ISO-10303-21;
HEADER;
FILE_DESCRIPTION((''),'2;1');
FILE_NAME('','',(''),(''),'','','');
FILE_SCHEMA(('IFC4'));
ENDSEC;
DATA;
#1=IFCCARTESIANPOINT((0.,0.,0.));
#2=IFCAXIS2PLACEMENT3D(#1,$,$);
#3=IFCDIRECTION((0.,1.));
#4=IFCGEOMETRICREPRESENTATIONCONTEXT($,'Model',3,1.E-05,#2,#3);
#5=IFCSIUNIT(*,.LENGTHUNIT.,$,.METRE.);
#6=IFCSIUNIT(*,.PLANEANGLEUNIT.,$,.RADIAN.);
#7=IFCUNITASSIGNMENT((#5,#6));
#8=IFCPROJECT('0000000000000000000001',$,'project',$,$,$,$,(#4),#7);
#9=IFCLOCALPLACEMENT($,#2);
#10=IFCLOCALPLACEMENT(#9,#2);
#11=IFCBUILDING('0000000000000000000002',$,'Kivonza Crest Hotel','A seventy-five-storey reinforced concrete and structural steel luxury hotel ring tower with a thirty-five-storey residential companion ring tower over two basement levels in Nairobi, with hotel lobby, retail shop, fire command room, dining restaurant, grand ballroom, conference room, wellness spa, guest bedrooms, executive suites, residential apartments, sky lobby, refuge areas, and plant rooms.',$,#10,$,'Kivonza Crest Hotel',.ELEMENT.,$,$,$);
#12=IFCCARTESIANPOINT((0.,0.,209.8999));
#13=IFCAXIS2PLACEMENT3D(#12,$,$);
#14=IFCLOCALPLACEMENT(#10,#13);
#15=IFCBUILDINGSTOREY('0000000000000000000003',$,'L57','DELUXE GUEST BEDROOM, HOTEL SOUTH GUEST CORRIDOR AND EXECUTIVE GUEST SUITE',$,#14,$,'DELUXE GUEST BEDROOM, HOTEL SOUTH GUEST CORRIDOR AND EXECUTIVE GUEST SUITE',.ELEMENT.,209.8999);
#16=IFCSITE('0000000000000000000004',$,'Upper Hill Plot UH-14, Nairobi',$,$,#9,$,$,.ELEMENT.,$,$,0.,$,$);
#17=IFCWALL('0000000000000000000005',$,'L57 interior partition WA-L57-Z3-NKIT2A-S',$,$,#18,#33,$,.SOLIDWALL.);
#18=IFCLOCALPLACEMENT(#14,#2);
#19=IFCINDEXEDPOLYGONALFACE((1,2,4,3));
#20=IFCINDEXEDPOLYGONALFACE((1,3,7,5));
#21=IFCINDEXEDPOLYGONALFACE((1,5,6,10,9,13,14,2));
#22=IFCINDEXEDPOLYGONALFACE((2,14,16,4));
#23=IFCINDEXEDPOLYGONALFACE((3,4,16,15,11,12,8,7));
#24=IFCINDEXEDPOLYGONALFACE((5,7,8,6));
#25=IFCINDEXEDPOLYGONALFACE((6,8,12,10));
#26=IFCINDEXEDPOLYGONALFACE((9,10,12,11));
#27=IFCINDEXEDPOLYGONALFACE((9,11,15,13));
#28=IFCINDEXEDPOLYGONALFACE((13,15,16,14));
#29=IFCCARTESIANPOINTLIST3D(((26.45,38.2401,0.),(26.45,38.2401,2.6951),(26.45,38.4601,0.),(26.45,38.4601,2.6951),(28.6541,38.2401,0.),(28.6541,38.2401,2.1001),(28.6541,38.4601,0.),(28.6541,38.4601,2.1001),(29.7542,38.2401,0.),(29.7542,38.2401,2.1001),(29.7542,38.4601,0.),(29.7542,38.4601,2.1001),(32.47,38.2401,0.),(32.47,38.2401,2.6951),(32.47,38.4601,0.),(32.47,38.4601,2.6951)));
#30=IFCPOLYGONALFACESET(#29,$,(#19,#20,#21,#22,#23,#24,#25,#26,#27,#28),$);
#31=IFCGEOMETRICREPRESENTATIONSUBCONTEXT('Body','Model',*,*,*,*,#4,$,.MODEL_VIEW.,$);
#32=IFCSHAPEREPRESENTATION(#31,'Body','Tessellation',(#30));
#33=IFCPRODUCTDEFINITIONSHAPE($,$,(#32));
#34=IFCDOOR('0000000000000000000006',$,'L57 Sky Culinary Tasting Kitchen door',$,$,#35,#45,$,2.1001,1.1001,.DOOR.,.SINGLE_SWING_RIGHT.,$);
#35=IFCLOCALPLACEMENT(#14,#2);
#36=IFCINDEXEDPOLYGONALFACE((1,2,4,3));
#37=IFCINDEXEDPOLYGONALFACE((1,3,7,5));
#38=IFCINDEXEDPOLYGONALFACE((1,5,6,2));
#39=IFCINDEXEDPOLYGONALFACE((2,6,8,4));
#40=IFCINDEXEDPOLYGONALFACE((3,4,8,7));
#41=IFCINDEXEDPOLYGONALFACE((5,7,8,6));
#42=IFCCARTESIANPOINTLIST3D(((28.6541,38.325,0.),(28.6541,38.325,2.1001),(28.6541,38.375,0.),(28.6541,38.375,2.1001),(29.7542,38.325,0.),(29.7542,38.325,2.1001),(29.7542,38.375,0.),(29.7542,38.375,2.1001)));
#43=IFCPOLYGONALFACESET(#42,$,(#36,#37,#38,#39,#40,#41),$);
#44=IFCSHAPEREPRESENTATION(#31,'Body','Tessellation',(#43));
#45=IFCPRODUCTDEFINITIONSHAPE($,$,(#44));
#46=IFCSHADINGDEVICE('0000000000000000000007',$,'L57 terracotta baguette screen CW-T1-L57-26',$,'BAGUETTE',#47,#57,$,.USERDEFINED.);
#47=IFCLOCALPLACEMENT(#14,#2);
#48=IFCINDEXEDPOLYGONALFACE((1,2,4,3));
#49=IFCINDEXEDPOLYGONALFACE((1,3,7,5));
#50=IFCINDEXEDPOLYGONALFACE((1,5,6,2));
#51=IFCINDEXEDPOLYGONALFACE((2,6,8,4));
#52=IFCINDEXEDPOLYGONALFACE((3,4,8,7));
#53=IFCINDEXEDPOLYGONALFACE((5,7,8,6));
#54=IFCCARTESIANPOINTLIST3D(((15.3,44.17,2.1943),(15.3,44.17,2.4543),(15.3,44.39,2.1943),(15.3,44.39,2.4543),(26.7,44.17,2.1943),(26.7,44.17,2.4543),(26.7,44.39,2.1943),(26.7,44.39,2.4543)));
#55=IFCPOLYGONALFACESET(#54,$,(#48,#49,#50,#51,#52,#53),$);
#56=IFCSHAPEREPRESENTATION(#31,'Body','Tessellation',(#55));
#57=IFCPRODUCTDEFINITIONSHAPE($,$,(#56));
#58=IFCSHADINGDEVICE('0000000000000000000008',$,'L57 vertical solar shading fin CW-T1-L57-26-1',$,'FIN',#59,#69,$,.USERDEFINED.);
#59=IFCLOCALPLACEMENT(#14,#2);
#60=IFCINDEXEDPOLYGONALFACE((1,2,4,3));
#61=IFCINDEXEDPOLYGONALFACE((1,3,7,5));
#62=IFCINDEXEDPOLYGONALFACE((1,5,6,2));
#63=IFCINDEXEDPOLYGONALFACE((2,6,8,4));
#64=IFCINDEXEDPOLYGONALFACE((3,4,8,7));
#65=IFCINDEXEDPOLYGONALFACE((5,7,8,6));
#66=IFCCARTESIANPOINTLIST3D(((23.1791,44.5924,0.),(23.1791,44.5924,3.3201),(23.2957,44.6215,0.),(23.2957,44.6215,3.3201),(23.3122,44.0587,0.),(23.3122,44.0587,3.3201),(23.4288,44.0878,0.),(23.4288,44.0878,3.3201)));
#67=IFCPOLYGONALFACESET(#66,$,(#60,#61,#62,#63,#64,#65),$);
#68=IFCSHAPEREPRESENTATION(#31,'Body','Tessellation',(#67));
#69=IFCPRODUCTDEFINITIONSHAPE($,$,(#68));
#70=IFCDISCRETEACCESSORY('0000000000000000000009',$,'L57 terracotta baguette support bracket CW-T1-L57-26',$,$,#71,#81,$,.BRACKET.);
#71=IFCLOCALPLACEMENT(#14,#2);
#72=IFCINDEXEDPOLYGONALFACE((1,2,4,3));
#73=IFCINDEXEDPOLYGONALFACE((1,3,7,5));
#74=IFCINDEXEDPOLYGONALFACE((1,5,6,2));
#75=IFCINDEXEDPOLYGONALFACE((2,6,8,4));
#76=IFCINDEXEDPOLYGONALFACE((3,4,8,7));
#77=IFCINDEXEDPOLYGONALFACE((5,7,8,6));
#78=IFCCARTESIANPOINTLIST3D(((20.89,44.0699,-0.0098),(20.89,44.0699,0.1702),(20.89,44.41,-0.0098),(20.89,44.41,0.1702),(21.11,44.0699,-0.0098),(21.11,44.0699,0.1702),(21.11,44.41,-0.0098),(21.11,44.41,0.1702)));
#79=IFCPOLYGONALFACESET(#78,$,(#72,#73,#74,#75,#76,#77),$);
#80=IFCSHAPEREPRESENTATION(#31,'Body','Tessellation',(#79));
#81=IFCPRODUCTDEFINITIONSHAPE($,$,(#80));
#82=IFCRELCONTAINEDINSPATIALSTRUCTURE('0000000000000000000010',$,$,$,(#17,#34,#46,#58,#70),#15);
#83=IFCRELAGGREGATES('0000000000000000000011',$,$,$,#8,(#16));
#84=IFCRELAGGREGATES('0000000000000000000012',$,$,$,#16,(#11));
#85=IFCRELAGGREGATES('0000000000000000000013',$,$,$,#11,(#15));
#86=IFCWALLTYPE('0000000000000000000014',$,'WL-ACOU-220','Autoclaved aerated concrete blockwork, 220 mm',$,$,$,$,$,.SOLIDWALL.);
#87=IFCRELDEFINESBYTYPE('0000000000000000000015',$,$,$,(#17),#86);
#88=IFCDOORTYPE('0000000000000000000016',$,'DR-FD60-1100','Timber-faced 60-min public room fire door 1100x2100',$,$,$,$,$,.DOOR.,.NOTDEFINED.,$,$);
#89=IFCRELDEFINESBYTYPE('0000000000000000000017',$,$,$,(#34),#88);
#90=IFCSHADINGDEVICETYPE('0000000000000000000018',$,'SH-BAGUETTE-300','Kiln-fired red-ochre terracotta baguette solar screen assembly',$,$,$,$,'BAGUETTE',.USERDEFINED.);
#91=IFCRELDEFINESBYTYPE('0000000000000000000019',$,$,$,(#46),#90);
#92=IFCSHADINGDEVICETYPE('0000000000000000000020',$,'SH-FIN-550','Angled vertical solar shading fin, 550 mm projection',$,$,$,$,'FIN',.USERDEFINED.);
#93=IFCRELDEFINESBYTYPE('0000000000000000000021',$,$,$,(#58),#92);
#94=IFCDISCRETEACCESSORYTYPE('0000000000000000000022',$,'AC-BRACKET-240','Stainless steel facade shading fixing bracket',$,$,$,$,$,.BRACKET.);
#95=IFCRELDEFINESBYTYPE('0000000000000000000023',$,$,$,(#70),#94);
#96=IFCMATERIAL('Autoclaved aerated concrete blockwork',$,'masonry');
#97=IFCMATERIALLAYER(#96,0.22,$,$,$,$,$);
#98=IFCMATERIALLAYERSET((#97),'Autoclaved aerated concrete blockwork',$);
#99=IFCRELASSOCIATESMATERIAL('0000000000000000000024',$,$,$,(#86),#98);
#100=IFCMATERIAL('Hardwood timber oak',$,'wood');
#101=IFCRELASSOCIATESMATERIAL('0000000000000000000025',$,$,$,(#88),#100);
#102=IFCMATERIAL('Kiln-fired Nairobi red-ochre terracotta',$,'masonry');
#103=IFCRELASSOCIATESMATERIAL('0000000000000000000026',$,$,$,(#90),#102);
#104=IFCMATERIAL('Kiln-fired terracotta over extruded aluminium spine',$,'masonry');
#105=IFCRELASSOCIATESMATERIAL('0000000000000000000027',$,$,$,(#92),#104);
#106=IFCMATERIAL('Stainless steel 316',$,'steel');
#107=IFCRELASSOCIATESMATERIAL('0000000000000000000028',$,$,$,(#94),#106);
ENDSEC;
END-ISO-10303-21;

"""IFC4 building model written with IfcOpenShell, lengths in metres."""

from ifc_helpers import new_model, si_unit, direction, frame, frame_2d, origin, origin_2d, place, context, subcontext, project, spatial, rectangle, extrude, material, layer, layer_set, type_object, element, fill, save


model = new_model("IFC4")

# Units and contexts
model_context = context("Model", 3, precision=1e-05, world=origin(), true_north=direction((0.0, 1.0)))
body_context = subcontext(model_context, "Body", "Model", "MODEL_VIEW")
ifc_project = project(units=[si_unit("LENGTHUNIT", "METRE"), si_unit("PLANEANGLEUNIT", "RADIAN")], contexts=[model_context])

# Site, building, storey
site_placement = place(None, origin())
site = spatial("IfcSite", under=ifc_project, at=site_placement, Name="Upper Hill Plot UH-14, Nairobi", CompositionType="ELEMENT", RefElevation=0.0)
building_placement = place(site_placement, origin())
building = spatial("IfcBuilding", under=site, at=building_placement, Name="Kivonza Crest Hotel", Description="A seventy-five-storey reinforced concrete and structural steel luxury hotel ring tower with a thirty-five-storey residential companion ring tower over two basement levels in Nairobi, with hotel lobby, retail shop, fire command room, dining restaurant, grand ballroom, conference room, wellness spa, guest bedrooms, executive suites, residential apartments, sky lobby, refuge areas, and plant rooms.", LongName="Kivonza Crest Hotel", CompositionType="ELEMENT")
storey_placement = place(building_placement, frame((0.0, 0.0, 209.8999)))
storey = spatial("IfcBuildingStorey", under=building, at=storey_placement, Name="L57", Description="DELUXE GUEST BEDROOM, HOTEL SOUTH GUEST CORRIDOR AND EXECUTIVE GUEST SUITE", LongName="DELUXE GUEST BEDROOM, HOTEL SOUTH GUEST CORRIDOR AND EXECUTIVE GUEST SUITE", CompositionType="ELEMENT", Elevation=209.8999)

# Wall, opening, door
ifc_material_1 = material(Name="Autoclaved aerated concrete blockwork", Category="masonry")
ifc_layer_1 = layer(ifc_material_1, 0.22)
ifc_layer_set_1 = layer_set([ifc_layer_1], Name="Autoclaved aerated concrete blockwork")
wall_type_1 = type_object("IfcWallType", Name="WL-ACOU-220", Description="Autoclaved aerated concrete blockwork, 220 mm", PredefinedType="SOLIDWALL", material=ifc_layer_set_1)
wall_1_placement = place(storey_placement, frame((26.45, 38.3501, 0.0), z_axis=(0.0, 0.0, 1.0), x_axis=(1.0, 0.0, 0.0)))
wall_1 = element("IfcWall", 1, at=wall_1_placement, inside=storey, type_object=wall_type_1, Name="L57 interior partition WA-L57-Z3-NKIT2A-S", PredefinedType="SOLIDWALL", context=body_context, shape_type="SweptSolid", body=[
    extrude(rectangle(XDim=6.02, YDim=0.22, at=frame_2d((3.01, 0.0))), origin(), (0.0, 0.0, 1.0), 2.6951),
])
opening_placement = place(wall_1_placement, frame((2.2041, 0.0, 0.0)))
opening = element("IfcOpeningElement", 2, at=opening_placement, cuts=wall_1, PredefinedType="OPENING", context=body_context, shape_type="SweptSolid", body=[
    extrude(rectangle(XDim=1.1001, YDim=2.1001, at=frame_2d((0.55, 1.05))), frame((0.0, 0.1201, 0.0), z_axis=(0.0, -1.0, 0.0), x_axis=(1.0, 0.0, 0.0)), (0.0, 0.0, 1.0), 0.24),
])
ifc_material_2 = material(Name="Hardwood timber oak", Category="wood")
door_type = type_object("IfcDoorType", Name="DR-FD60-1100", Description="Timber-faced 60-min public room fire door 1100x2100", OperationType="NOTDEFINED", PredefinedType="DOOR", material=ifc_material_2)
door_placement = place(opening_placement, origin())
door = element("IfcDoor", 3, at=door_placement, inside=storey, type_object=door_type, Name="L57 Sky Culinary Tasting Kitchen door", OperationType="SINGLE_SWING_RIGHT", OverallHeight=2.1001, OverallWidth=1.1001, PredefinedType="DOOR", context=body_context, shape_type="SweptSolid", body=[
    extrude(rectangle(XDim=1.1001, YDim=2.1001, at=frame_2d((0.55, 1.05))), frame((0.0, 0.0249, 0.0), z_axis=(0.0, -1.0, 0.0), x_axis=(1.0, 0.0, 0.0)), (0.0, 0.0, 1.0), 0.05),
])
fill(opening, door)

# Shading devices
ifc_material_3 = material(Name="Kiln-fired Nairobi red-ochre terracotta", Category="masonry")
shading_device_type_1 = type_object("IfcShadingDeviceType", Name="SH-BAGUETTE-300", Description="Kiln-fired red-ochre terracotta baguette solar screen assembly", ElementType="BAGUETTE", PredefinedType="USERDEFINED", material=ifc_material_3)
shading_device_1_placement = place(storey_placement, frame((21.0, 44.28, 2.1943), z_axis=(0.0, 0.0, 1.0), x_axis=(-1.0, 0.0, 0.0)))
element("IfcShadingDevice", 4, at=shading_device_1_placement, inside=storey, type_object=shading_device_type_1, Name="L57 terracotta baguette screen CW-T1-L57-26", ObjectType="BAGUETTE", PredefinedType="USERDEFINED", context=body_context, shape_type="SweptSolid", body=[
    extrude(rectangle(XDim=11.3999, YDim=0.22, at=origin_2d()), origin(), (0.0, 0.0, 1.0), 0.26),
])
ifc_material_4 = material(Name="Kiln-fired terracotta over extruded aluminium spine", Category="masonry")
shading_device_type_2 = type_object("IfcShadingDeviceType", Name="SH-FIN-550", Description="Angled vertical solar shading fin, 550 mm projection", ElementType="FIN", PredefinedType="USERDEFINED", material=ifc_material_4)
shading_device_2_placement = place(storey_placement, frame((23.304, 44.3401, 0.0), z_axis=(0.0, 0.0, 1.0), x_axis=(-0.970296, -0.241922, 0.0)))
element("IfcShadingDevice", 5, at=shading_device_2_placement, inside=storey, type_object=shading_device_type_2, Name="L57 vertical solar shading fin CW-T1-L57-26-1", ObjectType="FIN", PredefinedType="USERDEFINED", context=body_context, shape_type="SweptSolid", body=[
    extrude(rectangle(XDim=0.1201, YDim=0.55, at=origin_2d()), origin(), (0.0, 0.0, 1.0), 3.3201),
])

# Discrete accessory
ifc_material_5 = material(Name="Stainless steel 316", Category="steel")
discrete_accessory_type = type_object("IfcDiscreteAccessoryType", Name="AC-BRACKET-240", Description="Stainless steel facade shading fixing bracket", PredefinedType="BRACKET", material=ifc_material_5)
discrete_accessory_placement = place(storey_placement, frame((21.0, 44.24, -0.0098), z_axis=(0.0, 0.0, 1.0), x_axis=(-1.0, 0.0, 0.0)))
element("IfcDiscreteAccessory", 6, at=discrete_accessory_placement, inside=storey, type_object=discrete_accessory_type, Name="L57 terracotta baguette support bracket CW-T1-L57-26", PredefinedType="BRACKET", context=body_context, shape_type="SweptSolid", body=[
    extrude(rectangle(XDim=0.22, YDim=0.3401, at=origin_2d()), origin(), (0.0, 0.0, 1.0), 0.1799),
])

save(model, "model.ifc")
